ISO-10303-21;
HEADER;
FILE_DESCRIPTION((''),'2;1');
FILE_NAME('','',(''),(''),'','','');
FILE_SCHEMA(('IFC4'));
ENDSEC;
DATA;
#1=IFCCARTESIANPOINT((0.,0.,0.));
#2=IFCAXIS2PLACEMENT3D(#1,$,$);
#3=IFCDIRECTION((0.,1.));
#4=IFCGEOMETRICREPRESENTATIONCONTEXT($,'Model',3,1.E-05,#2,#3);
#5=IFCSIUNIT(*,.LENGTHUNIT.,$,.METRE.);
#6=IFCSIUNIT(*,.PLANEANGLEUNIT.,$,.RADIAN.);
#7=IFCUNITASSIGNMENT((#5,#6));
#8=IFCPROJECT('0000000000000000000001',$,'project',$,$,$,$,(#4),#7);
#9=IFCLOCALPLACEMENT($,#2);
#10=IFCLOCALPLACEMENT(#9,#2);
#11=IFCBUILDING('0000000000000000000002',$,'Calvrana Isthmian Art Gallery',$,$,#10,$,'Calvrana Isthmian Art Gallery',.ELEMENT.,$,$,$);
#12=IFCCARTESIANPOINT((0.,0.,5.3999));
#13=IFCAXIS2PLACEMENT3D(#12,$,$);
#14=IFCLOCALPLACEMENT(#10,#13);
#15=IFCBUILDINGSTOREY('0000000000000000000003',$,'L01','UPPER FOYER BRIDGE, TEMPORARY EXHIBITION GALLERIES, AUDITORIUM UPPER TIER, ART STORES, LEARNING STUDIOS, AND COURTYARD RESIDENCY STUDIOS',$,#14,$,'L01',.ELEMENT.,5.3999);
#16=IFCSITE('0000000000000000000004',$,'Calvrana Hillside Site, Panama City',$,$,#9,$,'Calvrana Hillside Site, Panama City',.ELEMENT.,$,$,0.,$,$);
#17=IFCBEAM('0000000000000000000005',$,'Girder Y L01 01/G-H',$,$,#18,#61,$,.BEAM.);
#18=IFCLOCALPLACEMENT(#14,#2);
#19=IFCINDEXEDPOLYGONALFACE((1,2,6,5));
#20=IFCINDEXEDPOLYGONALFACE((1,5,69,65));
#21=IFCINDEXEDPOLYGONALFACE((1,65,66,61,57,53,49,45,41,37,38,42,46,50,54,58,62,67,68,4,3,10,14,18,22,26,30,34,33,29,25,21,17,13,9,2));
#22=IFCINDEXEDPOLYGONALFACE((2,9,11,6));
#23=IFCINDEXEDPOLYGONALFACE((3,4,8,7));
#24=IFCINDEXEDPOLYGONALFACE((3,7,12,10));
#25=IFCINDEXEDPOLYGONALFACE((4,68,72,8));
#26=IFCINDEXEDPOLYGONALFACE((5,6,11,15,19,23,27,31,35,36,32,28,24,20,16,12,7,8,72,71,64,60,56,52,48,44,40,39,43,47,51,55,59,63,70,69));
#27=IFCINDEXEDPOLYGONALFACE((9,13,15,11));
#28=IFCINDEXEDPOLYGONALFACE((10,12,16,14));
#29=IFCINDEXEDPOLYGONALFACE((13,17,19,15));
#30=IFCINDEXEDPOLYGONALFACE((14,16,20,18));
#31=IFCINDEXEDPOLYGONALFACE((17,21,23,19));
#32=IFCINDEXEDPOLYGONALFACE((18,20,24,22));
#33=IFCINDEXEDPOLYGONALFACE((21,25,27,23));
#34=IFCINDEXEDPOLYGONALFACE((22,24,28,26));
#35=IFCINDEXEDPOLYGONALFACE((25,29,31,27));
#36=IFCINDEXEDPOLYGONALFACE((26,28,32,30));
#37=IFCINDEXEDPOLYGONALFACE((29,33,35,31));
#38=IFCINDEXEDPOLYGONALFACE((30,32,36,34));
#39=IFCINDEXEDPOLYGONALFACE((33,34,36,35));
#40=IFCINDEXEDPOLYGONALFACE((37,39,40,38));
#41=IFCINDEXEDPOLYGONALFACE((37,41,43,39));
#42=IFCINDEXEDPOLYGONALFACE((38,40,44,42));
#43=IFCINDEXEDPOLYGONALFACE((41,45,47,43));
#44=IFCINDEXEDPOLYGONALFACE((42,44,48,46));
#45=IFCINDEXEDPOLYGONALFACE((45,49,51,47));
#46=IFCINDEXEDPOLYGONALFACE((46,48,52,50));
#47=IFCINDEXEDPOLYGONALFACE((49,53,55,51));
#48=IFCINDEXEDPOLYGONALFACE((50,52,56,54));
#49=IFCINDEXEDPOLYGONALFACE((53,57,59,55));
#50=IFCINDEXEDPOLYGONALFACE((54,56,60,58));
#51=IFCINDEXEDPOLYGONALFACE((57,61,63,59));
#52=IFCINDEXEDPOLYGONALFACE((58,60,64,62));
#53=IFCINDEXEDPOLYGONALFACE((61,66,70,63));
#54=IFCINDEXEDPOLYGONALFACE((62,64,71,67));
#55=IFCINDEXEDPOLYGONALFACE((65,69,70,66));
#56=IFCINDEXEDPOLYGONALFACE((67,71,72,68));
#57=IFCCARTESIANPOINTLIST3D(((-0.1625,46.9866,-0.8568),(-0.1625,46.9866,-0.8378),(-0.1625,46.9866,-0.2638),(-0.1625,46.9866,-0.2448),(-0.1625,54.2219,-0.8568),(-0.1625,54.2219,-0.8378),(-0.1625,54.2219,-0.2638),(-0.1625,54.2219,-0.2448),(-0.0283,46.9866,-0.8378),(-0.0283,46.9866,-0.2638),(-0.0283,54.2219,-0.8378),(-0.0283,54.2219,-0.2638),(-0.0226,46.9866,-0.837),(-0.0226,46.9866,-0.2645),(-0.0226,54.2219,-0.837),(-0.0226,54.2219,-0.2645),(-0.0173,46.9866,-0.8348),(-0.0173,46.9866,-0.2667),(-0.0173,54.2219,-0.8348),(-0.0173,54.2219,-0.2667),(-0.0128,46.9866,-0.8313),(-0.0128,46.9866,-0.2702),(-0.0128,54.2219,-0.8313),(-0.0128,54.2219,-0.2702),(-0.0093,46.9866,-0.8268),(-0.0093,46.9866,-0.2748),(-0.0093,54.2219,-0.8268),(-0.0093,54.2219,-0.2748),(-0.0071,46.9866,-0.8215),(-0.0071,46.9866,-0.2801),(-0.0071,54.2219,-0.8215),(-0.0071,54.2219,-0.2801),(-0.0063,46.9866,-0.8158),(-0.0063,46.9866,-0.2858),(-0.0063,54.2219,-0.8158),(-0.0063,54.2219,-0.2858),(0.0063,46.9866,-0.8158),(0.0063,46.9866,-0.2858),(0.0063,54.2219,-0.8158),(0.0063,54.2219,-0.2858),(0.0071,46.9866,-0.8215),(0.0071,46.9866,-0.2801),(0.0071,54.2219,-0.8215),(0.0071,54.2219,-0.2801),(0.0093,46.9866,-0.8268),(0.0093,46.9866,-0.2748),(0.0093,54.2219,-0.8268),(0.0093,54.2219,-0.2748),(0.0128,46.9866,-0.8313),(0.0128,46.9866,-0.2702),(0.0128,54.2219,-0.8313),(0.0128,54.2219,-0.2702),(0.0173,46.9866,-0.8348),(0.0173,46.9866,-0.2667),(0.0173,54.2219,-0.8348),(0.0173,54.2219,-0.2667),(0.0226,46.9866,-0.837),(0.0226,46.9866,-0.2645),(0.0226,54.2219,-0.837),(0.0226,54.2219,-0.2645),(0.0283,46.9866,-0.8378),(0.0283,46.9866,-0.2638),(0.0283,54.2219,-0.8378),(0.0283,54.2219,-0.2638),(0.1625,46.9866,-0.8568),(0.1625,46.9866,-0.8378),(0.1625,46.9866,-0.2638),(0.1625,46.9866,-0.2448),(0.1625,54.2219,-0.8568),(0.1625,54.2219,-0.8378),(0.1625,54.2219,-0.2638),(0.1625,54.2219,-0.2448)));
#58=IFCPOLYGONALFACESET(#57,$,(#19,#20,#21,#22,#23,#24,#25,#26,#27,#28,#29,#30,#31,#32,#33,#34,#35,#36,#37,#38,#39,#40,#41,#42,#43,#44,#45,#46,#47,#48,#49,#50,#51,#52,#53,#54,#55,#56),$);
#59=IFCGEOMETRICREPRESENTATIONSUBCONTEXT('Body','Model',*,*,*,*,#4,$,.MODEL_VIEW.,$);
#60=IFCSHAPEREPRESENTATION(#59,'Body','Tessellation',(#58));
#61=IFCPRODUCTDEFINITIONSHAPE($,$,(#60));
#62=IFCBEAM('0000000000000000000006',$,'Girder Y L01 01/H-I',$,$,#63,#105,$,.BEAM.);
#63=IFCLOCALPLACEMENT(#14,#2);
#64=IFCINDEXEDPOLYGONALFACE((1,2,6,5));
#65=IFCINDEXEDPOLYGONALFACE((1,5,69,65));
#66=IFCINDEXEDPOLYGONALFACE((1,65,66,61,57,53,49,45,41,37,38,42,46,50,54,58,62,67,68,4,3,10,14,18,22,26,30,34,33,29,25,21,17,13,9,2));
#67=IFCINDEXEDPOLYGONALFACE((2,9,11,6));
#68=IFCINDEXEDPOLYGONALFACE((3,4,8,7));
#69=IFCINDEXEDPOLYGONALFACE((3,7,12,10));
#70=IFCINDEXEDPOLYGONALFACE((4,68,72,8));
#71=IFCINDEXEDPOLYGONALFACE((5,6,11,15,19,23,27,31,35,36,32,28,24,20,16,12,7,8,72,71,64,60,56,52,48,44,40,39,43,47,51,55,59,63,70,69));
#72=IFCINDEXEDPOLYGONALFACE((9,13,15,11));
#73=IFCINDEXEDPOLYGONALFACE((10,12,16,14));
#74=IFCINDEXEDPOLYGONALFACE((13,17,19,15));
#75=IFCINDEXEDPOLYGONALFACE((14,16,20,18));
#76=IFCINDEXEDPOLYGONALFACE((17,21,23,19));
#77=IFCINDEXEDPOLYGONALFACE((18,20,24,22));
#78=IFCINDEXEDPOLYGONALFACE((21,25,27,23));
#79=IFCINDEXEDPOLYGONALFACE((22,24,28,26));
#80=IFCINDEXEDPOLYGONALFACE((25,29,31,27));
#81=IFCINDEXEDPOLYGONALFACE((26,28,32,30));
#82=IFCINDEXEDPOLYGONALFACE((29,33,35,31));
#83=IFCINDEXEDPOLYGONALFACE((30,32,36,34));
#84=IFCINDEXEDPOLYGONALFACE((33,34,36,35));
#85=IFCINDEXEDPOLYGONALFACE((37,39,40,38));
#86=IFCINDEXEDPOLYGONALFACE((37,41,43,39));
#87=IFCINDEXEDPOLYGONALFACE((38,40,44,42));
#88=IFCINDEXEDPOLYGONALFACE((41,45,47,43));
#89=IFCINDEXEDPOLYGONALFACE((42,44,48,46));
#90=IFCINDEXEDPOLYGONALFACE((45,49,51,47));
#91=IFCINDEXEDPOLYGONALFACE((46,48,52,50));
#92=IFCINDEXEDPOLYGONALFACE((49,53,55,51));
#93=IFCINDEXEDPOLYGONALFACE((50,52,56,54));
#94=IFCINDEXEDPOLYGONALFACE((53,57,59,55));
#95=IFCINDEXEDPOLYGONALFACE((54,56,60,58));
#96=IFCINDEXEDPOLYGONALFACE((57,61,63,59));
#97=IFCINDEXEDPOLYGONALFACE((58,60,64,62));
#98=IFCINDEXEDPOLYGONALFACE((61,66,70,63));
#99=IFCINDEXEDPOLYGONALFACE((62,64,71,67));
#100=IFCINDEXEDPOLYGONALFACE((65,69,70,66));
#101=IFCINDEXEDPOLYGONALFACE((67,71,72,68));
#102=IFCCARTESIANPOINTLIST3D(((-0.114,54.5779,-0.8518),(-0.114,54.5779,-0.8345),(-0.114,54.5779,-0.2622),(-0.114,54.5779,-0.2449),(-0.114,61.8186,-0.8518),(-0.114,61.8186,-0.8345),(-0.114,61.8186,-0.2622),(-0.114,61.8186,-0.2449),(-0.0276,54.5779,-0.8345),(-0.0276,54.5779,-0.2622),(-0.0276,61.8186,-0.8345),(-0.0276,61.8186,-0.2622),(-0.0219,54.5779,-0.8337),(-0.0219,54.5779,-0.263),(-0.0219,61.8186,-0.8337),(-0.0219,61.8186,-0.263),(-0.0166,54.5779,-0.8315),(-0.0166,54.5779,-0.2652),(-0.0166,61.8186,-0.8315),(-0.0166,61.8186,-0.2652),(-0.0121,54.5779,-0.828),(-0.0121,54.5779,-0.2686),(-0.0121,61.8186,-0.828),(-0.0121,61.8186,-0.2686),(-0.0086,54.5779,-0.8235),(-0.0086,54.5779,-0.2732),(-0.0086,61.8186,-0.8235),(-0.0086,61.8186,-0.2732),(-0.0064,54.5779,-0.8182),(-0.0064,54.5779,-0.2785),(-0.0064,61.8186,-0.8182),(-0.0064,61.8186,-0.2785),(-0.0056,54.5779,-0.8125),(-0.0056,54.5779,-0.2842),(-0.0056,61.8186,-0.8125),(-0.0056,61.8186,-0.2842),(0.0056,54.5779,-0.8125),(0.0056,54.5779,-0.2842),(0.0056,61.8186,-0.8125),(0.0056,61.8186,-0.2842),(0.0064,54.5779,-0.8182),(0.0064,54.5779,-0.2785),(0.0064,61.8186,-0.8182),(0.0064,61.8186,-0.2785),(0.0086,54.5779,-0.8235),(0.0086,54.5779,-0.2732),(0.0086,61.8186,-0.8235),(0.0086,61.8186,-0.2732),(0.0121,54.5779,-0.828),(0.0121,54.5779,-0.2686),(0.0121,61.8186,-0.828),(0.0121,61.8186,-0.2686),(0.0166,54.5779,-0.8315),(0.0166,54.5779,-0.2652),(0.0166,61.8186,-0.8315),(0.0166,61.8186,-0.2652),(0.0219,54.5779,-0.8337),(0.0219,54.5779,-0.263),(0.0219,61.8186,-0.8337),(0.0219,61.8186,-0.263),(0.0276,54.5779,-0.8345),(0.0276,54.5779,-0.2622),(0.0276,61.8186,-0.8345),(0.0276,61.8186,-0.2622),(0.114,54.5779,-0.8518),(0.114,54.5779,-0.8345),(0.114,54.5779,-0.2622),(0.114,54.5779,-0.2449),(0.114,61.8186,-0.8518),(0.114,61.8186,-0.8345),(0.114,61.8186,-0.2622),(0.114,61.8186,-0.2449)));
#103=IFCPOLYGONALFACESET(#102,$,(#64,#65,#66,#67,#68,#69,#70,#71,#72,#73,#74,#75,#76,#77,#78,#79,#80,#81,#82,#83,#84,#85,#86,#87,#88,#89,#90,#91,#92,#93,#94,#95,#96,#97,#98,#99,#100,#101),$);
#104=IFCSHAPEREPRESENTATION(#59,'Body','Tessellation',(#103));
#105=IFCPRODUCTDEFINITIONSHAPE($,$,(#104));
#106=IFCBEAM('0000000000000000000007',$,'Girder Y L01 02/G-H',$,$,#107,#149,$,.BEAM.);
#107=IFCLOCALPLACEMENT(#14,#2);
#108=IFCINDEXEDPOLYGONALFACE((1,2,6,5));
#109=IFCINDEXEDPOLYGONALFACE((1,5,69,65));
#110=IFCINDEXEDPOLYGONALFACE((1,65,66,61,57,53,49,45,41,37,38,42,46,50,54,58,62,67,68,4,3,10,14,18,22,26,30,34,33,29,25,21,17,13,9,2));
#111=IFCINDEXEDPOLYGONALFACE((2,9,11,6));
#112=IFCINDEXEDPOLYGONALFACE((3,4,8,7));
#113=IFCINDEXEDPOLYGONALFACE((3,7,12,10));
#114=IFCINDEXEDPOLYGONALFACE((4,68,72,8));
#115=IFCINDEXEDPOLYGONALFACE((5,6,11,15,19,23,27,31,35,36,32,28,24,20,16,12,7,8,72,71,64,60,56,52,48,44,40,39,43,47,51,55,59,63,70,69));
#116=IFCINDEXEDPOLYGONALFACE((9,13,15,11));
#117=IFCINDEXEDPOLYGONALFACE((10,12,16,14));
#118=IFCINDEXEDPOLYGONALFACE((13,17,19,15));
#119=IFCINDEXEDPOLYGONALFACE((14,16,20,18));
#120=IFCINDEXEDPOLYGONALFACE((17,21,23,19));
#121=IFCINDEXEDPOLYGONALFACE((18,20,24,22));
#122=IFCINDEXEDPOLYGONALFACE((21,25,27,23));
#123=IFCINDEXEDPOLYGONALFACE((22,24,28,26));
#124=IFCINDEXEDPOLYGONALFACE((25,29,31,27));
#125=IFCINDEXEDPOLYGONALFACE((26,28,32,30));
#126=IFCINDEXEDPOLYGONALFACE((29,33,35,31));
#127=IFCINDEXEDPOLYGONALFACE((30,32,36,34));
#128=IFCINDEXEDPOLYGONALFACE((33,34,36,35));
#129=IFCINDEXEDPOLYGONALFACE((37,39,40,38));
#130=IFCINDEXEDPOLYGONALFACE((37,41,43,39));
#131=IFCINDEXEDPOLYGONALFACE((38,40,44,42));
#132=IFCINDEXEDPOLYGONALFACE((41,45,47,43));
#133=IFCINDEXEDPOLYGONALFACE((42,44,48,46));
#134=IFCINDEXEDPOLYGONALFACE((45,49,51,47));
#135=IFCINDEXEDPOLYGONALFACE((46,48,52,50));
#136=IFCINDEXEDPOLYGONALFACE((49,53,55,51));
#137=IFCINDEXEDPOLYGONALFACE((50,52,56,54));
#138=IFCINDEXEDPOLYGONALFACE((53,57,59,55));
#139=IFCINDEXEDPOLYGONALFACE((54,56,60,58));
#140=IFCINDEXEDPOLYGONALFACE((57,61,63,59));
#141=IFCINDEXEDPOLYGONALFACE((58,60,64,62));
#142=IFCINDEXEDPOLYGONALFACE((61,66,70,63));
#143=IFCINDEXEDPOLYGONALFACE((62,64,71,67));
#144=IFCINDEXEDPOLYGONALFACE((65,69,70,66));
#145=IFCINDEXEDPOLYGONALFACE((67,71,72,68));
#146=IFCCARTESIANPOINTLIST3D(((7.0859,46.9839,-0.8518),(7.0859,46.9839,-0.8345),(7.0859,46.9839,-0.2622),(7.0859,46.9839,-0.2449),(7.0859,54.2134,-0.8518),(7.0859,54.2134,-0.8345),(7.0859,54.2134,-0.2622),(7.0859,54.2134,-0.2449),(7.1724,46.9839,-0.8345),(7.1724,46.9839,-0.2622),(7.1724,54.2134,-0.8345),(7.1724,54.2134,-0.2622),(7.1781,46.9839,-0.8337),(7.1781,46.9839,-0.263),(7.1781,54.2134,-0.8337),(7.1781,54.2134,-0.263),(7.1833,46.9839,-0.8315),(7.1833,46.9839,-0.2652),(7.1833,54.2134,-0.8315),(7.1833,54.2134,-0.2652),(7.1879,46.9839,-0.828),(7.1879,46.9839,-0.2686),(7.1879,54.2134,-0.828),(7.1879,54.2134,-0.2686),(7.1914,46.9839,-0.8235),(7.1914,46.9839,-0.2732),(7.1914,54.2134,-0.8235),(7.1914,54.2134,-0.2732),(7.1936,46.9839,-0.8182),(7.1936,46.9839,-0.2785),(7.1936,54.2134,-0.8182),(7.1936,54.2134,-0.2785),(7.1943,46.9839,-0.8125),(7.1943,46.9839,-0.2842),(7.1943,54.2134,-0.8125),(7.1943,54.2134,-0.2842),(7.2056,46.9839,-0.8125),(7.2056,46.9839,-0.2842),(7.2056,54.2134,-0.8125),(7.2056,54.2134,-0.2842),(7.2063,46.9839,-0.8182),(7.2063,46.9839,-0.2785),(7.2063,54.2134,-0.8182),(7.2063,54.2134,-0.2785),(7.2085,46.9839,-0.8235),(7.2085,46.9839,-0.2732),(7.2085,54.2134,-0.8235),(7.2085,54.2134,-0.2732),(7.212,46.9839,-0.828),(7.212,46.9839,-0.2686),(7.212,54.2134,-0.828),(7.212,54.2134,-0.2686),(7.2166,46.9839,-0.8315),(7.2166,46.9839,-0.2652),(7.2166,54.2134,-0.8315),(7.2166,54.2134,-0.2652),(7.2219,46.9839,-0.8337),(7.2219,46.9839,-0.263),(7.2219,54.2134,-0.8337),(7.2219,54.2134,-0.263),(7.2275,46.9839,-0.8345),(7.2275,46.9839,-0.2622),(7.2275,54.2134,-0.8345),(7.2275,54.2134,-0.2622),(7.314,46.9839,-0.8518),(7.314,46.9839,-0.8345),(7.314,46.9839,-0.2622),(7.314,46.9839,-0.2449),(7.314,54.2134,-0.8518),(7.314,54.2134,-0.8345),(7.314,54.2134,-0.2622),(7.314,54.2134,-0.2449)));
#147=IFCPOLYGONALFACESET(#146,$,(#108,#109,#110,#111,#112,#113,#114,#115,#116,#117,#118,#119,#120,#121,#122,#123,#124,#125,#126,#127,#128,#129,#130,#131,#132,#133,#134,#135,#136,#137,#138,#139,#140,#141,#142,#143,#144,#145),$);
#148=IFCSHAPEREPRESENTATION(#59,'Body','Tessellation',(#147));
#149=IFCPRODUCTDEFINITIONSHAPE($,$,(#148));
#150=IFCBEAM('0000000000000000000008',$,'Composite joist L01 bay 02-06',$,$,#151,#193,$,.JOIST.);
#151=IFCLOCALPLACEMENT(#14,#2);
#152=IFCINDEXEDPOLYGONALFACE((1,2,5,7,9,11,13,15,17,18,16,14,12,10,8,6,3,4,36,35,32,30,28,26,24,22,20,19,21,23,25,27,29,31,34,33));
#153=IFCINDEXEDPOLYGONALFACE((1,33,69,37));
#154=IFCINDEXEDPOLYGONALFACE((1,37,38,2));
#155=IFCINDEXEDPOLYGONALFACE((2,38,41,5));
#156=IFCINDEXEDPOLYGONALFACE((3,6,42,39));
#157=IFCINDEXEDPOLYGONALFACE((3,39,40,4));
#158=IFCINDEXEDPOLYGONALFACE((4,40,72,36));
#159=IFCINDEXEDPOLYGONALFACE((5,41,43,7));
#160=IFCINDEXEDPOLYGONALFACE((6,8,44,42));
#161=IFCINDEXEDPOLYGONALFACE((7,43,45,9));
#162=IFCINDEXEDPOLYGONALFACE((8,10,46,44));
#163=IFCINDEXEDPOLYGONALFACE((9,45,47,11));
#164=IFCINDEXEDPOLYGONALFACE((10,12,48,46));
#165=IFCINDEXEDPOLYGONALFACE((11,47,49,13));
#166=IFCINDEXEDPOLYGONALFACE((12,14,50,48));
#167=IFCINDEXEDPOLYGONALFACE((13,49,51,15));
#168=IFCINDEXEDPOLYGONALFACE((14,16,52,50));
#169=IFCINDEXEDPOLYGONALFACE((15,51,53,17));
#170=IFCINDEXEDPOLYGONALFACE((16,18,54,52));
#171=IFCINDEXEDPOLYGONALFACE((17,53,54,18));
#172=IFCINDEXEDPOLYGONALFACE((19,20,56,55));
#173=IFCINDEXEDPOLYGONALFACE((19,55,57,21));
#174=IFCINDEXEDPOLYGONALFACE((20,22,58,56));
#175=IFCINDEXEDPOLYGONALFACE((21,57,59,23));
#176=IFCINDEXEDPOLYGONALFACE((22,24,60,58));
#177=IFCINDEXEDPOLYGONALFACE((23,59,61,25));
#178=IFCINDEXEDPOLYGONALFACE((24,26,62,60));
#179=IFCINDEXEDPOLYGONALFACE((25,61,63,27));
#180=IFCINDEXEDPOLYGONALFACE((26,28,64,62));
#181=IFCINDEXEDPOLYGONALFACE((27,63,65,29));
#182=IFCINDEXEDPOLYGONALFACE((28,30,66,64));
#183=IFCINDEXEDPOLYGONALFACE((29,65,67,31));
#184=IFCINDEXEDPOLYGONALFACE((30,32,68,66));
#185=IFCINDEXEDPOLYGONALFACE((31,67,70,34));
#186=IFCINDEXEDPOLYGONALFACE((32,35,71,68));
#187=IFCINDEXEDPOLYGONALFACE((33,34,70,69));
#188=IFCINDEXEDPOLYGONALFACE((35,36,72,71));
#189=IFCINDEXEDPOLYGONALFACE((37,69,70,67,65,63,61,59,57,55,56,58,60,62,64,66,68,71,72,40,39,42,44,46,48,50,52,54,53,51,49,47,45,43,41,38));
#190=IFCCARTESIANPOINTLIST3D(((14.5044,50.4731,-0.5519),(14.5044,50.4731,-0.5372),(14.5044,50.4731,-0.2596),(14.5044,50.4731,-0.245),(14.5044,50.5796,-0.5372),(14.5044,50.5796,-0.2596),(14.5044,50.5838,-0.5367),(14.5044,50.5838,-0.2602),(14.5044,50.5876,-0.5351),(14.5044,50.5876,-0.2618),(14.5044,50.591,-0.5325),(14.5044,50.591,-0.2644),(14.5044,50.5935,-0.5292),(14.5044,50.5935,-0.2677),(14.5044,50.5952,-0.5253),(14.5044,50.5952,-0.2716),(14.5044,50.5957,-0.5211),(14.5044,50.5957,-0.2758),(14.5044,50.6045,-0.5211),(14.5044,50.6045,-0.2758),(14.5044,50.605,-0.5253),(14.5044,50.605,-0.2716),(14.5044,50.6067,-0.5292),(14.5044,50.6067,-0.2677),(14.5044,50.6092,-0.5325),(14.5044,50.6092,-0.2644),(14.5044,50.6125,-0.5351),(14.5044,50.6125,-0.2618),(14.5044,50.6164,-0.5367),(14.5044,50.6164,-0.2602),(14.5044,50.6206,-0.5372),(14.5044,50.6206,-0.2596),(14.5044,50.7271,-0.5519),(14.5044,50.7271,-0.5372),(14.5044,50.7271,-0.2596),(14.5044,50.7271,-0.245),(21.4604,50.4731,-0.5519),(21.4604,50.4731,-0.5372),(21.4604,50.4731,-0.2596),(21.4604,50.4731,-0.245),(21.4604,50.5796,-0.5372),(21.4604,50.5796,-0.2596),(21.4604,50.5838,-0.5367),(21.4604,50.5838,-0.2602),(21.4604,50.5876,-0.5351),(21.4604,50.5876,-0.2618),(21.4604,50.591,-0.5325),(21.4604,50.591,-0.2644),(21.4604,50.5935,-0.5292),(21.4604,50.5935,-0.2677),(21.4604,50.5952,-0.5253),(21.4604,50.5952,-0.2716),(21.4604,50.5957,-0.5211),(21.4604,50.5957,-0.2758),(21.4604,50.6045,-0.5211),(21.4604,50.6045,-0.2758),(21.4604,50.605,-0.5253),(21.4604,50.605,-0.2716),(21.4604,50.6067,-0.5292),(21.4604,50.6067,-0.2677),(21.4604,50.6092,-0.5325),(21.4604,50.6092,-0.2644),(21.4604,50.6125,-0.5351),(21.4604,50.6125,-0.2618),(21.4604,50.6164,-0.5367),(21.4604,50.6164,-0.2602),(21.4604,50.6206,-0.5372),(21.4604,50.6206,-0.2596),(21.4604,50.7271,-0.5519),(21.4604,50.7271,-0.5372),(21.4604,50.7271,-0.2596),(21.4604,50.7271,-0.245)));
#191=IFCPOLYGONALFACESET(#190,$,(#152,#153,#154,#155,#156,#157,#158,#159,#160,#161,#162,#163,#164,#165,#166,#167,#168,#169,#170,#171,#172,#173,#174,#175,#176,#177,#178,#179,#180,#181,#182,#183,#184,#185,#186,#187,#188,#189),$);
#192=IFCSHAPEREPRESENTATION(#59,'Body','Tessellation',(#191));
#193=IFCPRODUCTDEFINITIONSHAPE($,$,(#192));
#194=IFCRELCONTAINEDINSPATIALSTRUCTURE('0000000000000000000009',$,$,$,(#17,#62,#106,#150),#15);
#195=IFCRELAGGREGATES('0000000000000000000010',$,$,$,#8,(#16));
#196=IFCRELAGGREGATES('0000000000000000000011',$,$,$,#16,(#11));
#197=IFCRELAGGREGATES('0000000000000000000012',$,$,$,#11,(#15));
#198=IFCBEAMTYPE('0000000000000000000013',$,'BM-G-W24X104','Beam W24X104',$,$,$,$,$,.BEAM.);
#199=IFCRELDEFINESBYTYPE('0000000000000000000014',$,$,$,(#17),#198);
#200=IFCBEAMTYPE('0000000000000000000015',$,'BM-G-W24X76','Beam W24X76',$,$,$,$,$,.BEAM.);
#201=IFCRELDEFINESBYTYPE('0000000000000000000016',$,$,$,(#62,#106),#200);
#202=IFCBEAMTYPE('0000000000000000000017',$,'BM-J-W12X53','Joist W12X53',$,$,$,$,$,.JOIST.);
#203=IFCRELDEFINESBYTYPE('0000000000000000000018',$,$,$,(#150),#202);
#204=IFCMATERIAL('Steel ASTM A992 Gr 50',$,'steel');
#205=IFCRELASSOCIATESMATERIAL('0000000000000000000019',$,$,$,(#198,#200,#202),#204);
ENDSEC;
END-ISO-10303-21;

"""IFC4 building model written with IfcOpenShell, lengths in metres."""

from ifc_helpers import new_model, si_unit, direction, frame, origin, origin_2d, place, context, subcontext, project, spatial, i_section, extrude, material, material_profile, profile_set, type_object, element, save


model = new_model("IFC4")

# Units and contexts
model_context = context("Model", 3, precision=1e-05, world=origin(), true_north=direction((0.0, 1.0)))
body_context = subcontext(model_context, "Body", "Model", "MODEL_VIEW")
ifc_project = project(units=[si_unit("LENGTHUNIT", "METRE"), si_unit("PLANEANGLEUNIT", "RADIAN")], contexts=[model_context])

# Site, building, storey
site_placement = place(None, origin())
site = spatial("IfcSite", under=ifc_project, at=site_placement, Name="Calvrana Hillside Site, Panama City", LongName="Calvrana Hillside Site, Panama City", CompositionType="ELEMENT", RefElevation=0.0)
building_placement = place(site_placement, origin())
building = spatial("IfcBuilding", under=site, at=building_placement, Name="Calvrana Isthmian Art Gallery", LongName="Calvrana Isthmian Art Gallery", CompositionType="ELEMENT")
storey_placement = place(building_placement, frame((0.0, 0.0, 5.3999)))
storey = spatial("IfcBuildingStorey", under=building, at=storey_placement, Name="L01", Description="UPPER FOYER BRIDGE, TEMPORARY EXHIBITION GALLERIES, AUDITORIUM UPPER TIER, ART STORES, LEARNING STUDIOS, AND COURTYARD RESIDENCY STUDIOS", LongName="L01", CompositionType="ELEMENT", Elevation=5.3999)

# Beams
ifc_material_1 = material(Name="Steel ASTM A992 Gr 50", Category="steel")
ifc_material_profile_1 = material_profile(ifc_material_1, i_section(OverallWidth=0.325, OverallDepth=0.6121, WebThickness=0.0127, FlangeThickness=0.019, FilletRadius=0.022, at=origin_2d()), Name="W24X104")
ifc_profile_set_1 = profile_set([ifc_material_profile_1], Name="Steel ASTM A992 Gr 50")
beam_type_1 = type_object("IfcBeamType", Name="BM-G-W24X104", Description="Beam W24X104", PredefinedType="BEAM", material=ifc_profile_set_1)
beam_1_placement = place(storey_placement, frame((0.0, 46.9866, -0.5508), z_axis=(0.0, 1.0, 0.0), x_axis=(-1.0, 0.0, 0.0)))
element("IfcBeam", 1, at=beam_1_placement, inside=storey, type_object=beam_type_1, Name="Girder Y L01 01/G-H", PredefinedType="BEAM", context=body_context, shape_type="SweptSolid", body=[
    extrude(i_section(OverallWidth=0.325, OverallDepth=0.6121, WebThickness=0.0127, FlangeThickness=0.019, FilletRadius=0.022, at=origin_2d()), origin(), (0.0, 0.0, 1.0), 7.2354),
])
ifc_material_profile_2 = material_profile(ifc_material_1, i_section(OverallWidth=0.228, OverallDepth=0.6069, WebThickness=0.0112, FlangeThickness=0.0173, FilletRadius=0.022, at=origin_2d()), Name="W24X76")
ifc_profile_set_2 = profile_set([ifc_material_profile_2], Name="Steel ASTM A992 Gr 50")
beam_type_2 = type_object("IfcBeamType", Name="BM-G-W24X76", Description="Beam W24X76", PredefinedType="BEAM", material=ifc_profile_set_2)
beam_2_placement = place(storey_placement, frame((0.0, 54.5779, -0.5483), z_axis=(0.0, 1.0, 0.0), x_axis=(-1.0, 0.0, 0.0)))
element("IfcBeam", 2, at=beam_2_placement, inside=storey, type_object=beam_type_2, Name="Girder Y L01 01/H-I", PredefinedType="BEAM", context=body_context, shape_type="SweptSolid", body=[
    extrude(i_section(OverallWidth=0.228, OverallDepth=0.6069, WebThickness=0.0112, FlangeThickness=0.0173, FilletRadius=0.022, at=origin_2d()), origin(), (0.0, 0.0, 1.0), 7.2407),
])
beam_3_placement = place(storey_placement, frame((7.2, 46.9839, -0.5483), z_axis=(0.0, 1.0, 0.0), x_axis=(-1.0, 0.0, 0.0)))
element("IfcBeam", 3, at=beam_3_placement, inside=storey, type_object=beam_type_2, Name="Girder Y L01 02/G-H", PredefinedType="BEAM", context=body_context, shape_type="SweptSolid", body=[
    extrude(i_section(OverallWidth=0.228, OverallDepth=0.6069, WebThickness=0.0112, FlangeThickness=0.0173, FilletRadius=0.022, at=origin_2d()), origin(), (0.0, 0.0, 1.0), 7.2295),
])
ifc_material_profile_3 = material_profile(ifc_material_1, i_section(OverallWidth=0.2539, OverallDepth=0.3069, WebThickness=0.0088, FlangeThickness=0.0146, FilletRadius=0.0161, at=origin_2d()), Name="W12X53")
ifc_profile_set_3 = profile_set([ifc_material_profile_3], Name="Steel ASTM A992 Gr 50")
beam_type_3 = type_object("IfcBeamType", Name="BM-J-W12X53", Description="Joist W12X53", PredefinedType="JOIST", material=ifc_profile_set_3)
beam_4_placement = place(storey_placement, frame((14.5044, 50.6001, -0.3984), z_axis=(1.0, 0.0, 0.0), x_axis=(0.0, 1.0, 0.0)))
element("IfcBeam", 4, at=beam_4_placement, inside=storey, type_object=beam_type_3, Name="Composite joist L01 bay 02-06", PredefinedType="JOIST", context=body_context, shape_type="SweptSolid", body=[
    extrude(i_section(OverallWidth=0.2539, OverallDepth=0.3069, WebThickness=0.0088, FlangeThickness=0.0146, FilletRadius=0.0161, at=origin_2d()), origin(), (0.0, 0.0, 1.0), 6.9561),
])

save(model, "model.ifc")
